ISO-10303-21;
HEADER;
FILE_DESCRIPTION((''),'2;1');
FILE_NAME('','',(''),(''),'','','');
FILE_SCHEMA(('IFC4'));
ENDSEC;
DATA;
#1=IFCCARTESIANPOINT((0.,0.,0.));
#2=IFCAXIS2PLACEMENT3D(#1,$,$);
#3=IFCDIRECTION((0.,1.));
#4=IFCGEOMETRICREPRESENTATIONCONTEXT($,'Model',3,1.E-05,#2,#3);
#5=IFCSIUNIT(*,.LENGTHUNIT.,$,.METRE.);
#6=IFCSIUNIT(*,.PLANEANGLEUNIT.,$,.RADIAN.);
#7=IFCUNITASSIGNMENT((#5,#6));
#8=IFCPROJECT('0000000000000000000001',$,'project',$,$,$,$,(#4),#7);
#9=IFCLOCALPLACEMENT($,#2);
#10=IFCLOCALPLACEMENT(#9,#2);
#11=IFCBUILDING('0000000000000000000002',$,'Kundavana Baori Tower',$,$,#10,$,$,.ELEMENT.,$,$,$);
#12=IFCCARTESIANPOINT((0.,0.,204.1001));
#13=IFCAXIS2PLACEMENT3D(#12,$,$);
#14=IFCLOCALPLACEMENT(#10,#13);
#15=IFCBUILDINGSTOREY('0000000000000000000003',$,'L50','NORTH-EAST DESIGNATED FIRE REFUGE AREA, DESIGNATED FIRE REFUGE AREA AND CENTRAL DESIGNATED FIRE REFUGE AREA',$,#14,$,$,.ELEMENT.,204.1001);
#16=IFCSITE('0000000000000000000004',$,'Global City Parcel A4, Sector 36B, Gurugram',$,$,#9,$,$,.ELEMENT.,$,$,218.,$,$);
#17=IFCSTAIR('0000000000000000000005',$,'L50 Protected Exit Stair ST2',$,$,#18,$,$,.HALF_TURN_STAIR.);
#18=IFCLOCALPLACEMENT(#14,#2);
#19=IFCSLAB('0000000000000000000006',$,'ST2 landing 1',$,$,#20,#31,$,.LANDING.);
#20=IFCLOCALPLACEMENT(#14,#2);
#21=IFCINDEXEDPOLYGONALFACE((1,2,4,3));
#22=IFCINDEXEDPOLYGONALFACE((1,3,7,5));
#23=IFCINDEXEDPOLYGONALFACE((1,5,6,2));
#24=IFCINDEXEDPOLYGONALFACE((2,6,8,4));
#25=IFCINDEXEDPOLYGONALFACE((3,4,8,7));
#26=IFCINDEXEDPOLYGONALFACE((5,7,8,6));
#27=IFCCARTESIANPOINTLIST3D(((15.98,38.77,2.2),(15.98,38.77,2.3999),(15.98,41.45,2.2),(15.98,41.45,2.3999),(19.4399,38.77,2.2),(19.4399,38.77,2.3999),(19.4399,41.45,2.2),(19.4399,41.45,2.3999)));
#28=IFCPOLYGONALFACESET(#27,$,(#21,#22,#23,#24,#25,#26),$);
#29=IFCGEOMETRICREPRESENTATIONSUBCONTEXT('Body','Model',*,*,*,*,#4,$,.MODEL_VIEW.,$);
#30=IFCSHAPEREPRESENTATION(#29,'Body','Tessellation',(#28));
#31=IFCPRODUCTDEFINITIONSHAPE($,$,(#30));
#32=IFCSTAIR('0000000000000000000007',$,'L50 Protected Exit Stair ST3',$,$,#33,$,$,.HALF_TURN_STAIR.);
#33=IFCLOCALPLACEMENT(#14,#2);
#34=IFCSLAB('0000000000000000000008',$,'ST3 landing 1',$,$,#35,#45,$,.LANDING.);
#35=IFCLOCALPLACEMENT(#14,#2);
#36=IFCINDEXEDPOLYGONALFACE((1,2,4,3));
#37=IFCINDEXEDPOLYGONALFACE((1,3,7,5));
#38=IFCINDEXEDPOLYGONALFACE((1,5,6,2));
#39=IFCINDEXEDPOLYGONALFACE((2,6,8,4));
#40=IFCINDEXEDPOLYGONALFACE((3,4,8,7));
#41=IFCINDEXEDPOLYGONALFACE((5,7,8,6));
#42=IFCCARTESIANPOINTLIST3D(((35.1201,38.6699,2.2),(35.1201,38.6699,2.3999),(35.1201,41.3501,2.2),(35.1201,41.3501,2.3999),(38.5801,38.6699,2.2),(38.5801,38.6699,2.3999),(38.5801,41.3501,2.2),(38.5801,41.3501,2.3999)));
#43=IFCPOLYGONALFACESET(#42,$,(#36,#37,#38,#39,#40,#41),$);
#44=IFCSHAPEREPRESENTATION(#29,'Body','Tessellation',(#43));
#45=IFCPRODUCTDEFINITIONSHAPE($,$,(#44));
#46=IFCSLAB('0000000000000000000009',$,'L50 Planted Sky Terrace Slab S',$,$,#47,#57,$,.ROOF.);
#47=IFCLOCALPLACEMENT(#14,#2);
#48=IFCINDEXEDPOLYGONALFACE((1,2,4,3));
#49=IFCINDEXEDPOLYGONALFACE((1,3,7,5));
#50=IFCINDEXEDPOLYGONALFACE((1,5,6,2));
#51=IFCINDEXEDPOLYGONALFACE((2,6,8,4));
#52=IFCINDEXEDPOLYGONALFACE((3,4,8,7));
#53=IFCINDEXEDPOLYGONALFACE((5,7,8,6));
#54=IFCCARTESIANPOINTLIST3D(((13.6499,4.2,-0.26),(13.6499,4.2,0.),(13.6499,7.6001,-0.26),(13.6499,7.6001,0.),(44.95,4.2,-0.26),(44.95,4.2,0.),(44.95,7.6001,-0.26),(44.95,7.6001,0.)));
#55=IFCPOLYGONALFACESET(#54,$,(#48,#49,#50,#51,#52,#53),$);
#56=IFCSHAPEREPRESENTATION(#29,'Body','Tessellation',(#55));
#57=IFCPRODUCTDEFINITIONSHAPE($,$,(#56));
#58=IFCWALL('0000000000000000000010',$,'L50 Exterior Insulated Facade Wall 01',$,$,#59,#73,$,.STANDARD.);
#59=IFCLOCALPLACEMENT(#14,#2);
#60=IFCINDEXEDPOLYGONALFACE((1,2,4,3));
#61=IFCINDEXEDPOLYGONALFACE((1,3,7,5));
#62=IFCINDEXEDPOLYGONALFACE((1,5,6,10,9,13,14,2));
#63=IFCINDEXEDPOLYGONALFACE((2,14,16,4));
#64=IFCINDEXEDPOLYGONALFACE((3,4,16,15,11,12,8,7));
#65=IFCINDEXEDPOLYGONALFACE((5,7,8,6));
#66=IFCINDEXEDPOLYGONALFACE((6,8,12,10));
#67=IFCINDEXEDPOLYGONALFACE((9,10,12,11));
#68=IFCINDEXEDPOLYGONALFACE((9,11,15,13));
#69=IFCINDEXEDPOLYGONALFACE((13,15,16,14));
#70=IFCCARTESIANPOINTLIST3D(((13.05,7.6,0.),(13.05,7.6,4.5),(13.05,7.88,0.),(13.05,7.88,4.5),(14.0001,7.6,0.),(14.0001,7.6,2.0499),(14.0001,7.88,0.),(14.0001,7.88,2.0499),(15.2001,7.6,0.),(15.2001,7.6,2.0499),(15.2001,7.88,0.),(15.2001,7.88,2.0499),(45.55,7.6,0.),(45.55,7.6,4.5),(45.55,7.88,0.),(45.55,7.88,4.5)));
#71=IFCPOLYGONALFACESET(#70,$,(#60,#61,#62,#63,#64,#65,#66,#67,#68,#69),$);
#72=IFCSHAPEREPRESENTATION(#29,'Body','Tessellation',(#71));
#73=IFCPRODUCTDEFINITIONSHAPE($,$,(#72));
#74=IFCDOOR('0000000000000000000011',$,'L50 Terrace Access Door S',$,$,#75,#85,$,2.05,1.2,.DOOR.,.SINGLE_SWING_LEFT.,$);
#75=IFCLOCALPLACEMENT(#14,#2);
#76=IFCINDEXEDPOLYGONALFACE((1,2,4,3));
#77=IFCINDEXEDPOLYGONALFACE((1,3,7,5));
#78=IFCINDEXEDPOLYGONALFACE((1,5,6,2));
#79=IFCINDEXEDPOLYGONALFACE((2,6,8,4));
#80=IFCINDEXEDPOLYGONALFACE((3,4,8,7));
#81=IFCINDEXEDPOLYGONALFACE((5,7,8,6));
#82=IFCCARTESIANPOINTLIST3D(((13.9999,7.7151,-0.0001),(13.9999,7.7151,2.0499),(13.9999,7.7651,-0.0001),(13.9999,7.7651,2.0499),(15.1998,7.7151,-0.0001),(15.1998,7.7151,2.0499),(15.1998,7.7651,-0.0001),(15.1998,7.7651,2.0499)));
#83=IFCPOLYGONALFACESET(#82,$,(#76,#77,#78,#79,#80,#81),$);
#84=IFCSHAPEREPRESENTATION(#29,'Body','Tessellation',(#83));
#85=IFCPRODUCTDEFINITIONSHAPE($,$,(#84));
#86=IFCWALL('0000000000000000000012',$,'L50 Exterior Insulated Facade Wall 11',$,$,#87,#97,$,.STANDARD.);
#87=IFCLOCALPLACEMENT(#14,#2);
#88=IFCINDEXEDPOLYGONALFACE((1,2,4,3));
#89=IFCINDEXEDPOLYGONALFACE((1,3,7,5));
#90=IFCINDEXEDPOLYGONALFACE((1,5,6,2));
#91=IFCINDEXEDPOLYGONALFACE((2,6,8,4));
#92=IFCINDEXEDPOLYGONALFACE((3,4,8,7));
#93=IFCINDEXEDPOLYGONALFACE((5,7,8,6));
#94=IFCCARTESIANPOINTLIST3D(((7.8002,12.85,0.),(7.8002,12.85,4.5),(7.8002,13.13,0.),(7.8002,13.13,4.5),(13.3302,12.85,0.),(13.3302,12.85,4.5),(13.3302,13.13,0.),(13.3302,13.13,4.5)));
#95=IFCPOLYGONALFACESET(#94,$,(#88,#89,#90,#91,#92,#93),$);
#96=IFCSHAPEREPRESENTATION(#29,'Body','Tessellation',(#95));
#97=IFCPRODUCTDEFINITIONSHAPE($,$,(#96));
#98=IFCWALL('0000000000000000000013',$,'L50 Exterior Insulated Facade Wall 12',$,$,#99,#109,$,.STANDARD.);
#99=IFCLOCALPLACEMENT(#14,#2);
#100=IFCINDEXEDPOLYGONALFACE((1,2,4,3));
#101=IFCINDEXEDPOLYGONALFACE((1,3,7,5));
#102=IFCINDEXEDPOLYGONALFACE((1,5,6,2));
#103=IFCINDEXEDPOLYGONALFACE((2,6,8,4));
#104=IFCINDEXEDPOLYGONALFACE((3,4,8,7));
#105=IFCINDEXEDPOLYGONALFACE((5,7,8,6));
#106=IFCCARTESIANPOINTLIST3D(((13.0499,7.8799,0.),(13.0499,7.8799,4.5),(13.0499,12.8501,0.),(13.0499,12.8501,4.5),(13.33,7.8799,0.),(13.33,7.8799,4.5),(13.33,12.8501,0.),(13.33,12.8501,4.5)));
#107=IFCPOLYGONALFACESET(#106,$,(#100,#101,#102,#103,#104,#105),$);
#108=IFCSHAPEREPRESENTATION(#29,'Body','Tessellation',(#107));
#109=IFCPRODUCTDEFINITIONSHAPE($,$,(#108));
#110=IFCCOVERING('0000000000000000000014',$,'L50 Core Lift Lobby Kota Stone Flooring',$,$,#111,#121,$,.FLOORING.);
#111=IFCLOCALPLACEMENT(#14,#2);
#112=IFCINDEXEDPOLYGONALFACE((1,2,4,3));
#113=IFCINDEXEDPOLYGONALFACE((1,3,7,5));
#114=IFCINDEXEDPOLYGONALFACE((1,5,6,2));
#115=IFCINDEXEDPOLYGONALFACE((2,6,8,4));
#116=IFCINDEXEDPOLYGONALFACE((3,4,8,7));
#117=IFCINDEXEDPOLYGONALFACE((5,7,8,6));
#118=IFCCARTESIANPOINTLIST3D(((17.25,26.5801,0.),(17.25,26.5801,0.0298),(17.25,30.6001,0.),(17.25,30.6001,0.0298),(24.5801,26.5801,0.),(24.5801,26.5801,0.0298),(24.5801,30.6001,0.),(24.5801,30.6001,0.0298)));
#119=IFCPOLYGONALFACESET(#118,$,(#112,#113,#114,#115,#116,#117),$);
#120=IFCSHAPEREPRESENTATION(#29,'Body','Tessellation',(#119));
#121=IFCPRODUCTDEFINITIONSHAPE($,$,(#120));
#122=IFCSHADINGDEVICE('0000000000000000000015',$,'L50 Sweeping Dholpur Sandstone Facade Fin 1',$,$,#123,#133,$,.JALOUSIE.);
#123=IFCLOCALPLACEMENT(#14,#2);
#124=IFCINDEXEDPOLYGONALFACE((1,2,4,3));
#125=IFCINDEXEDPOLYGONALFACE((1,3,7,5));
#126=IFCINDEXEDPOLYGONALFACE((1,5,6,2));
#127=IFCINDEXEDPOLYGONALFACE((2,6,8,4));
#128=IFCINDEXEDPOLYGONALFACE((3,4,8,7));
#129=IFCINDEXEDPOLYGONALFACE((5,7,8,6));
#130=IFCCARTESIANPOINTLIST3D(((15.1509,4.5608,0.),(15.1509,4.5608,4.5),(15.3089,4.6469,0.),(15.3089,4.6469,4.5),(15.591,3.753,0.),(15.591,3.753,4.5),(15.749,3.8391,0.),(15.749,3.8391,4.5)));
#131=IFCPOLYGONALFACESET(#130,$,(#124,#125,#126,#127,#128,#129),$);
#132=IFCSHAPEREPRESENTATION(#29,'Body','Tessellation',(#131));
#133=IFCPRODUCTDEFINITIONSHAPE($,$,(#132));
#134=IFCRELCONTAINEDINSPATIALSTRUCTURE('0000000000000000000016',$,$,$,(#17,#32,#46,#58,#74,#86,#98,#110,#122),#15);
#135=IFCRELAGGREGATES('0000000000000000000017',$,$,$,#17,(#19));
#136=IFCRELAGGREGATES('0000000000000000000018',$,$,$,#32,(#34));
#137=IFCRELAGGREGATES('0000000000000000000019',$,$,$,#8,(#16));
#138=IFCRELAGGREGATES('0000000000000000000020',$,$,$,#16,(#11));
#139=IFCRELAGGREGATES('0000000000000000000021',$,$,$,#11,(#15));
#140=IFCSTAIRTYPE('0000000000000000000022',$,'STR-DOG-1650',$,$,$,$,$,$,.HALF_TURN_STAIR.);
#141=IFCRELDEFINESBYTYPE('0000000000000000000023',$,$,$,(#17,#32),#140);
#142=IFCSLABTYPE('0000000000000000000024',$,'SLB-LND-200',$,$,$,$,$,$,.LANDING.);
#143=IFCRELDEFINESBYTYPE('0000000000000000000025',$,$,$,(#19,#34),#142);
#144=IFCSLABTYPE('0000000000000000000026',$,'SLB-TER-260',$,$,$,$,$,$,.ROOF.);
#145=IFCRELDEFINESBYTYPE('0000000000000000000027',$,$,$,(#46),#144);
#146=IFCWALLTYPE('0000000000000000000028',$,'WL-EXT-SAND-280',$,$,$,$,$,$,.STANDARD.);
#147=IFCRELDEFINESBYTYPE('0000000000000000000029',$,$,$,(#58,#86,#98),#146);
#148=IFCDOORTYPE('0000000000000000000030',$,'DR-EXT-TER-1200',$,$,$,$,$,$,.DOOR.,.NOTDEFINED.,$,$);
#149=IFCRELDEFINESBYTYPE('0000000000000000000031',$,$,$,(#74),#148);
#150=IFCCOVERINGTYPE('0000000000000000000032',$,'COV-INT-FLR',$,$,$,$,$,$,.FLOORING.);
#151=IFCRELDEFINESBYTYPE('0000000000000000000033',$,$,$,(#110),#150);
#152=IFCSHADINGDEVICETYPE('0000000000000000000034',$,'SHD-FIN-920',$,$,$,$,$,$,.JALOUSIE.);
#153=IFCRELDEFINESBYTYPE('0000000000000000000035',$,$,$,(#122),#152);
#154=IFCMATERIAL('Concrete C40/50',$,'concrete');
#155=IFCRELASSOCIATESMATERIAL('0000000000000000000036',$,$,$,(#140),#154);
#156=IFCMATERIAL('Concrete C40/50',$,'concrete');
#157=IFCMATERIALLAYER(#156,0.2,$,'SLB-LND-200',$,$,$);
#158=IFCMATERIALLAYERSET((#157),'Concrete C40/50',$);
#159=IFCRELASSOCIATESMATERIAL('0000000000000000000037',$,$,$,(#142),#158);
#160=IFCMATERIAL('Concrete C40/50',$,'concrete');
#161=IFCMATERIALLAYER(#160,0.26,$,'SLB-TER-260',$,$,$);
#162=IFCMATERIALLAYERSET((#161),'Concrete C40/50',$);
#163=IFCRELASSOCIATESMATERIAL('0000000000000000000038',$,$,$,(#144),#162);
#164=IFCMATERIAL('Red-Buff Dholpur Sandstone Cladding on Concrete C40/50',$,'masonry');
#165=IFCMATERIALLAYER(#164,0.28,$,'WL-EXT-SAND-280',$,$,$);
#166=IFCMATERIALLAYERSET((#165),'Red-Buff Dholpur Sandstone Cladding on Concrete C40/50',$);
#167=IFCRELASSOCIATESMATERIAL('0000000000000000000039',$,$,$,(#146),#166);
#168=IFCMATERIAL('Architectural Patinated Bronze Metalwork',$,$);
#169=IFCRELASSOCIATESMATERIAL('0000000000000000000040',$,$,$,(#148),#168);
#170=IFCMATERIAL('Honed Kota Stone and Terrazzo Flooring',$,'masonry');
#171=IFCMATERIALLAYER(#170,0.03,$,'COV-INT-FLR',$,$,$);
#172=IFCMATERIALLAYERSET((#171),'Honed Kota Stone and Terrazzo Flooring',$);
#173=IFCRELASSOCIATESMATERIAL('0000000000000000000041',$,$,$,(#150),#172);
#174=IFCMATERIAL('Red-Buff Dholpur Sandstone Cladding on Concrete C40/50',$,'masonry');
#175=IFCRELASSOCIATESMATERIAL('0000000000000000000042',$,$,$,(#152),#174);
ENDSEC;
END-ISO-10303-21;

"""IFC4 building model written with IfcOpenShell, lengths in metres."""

from ifc_helpers import new_model, si_unit, direction, frame, frame_2d, origin, origin_2d, place, context, subcontext, project, spatial, polyline, rectangle, outline, extrude, material, layer, layer_set, type_object, element, fill, aggregate, save


model = new_model("IFC4")

# Units and contexts
model_context = context("Model", 3, precision=1e-05, world=origin(), true_north=direction((0.0, 1.0)))
body_context = subcontext(model_context, "Body", "Model", "MODEL_VIEW")
ifc_project = project(units=[si_unit("LENGTHUNIT", "METRE"), si_unit("PLANEANGLEUNIT", "RADIAN")], contexts=[model_context])

# Site, building, storey
site_placement = place(None, origin())
site = spatial("IfcSite", under=ifc_project, at=site_placement, Name="Global City Parcel A4, Sector 36B, Gurugram", CompositionType="ELEMENT", RefElevation=218.0)
building_placement = place(site_placement, origin())
building = spatial("IfcBuilding", under=site, at=building_placement, Name="Kundavana Baori Tower", CompositionType="ELEMENT")
storey_placement = place(building_placement, frame((0.0, 0.0, 204.1001)))
storey = spatial("IfcBuildingStorey", under=building, at=storey_placement, Name="L50", Description="NORTH-EAST DESIGNATED FIRE REFUGE AREA, DESIGNATED FIRE REFUGE AREA AND CENTRAL DESIGNATED FIRE REFUGE AREA", CompositionType="ELEMENT", Elevation=204.1001)

# Stairs, slabs
ifc_material_1 = material(Name="Concrete C40/50", Category="concrete")
stair_type = type_object("IfcStairType", Name="STR-DOG-1650", PredefinedType="HALF_TURN_STAIR", material=ifc_material_1)
ifc_material_2 = material(Name="Concrete C40/50", Category="concrete")
ifc_layer_1 = layer(ifc_material_2, 0.2, Name="SLB-LND-200")
ifc_layer_set_1 = layer_set([ifc_layer_1], Name="Concrete C40/50")
slab_type_1 = type_object("IfcSlabType", Name="SLB-LND-200", PredefinedType="LANDING", material=ifc_layer_set_1)
stair_1_placement = place(storey_placement, origin())
stair_1 = element("IfcStair", 1, at=stair_1_placement, inside=storey, type_object=stair_type, Name="L50 Protected Exit Stair ST2", PredefinedType="HALF_TURN_STAIR")
slab_1_placement = place(storey_placement, frame((0.0, 0.0, 2.2)))
slab_1 = element("IfcSlab", 2, at=slab_1_placement, type_object=slab_type_1, Name="ST2 landing 1", PredefinedType="LANDING", context=body_context, shape_type="SweptSolid", body=[
    extrude(outline(polyline([(19.4399, 38.77), (19.4399, 41.45), (15.98, 41.45), (15.98, 38.77), (19.4399, 38.77)])), origin(), (0.0, 0.0, 1.0), 0.2),
])
aggregate(stair_1, [slab_1])
stair_2_placement = place(storey_placement, origin())
stair_2 = element("IfcStair", 3, at=stair_2_placement, inside=storey, type_object=stair_type, Name="L50 Protected Exit Stair ST3", PredefinedType="HALF_TURN_STAIR")
slab_2_placement = place(storey_placement, frame((0.0, 0.0, 2.2)))
slab_2 = element("IfcSlab", 4, at=slab_2_placement, type_object=slab_type_1, Name="ST3 landing 1", PredefinedType="LANDING", context=body_context, shape_type="SweptSolid", body=[
    extrude(outline(polyline([(38.5801, 38.6699), (38.5801, 41.3501), (35.1201, 41.3501), (35.1201, 38.6699), (38.5801, 38.6699)])), origin(), (0.0, 0.0, 1.0), 0.2),
])
aggregate(stair_2, [slab_2])

# Slab
ifc_material_3 = material(Name="Concrete C40/50", Category="concrete")
ifc_layer_2 = layer(ifc_material_3, 0.26, Name="SLB-TER-260")
ifc_layer_set_2 = layer_set([ifc_layer_2], Name="Concrete C40/50")
slab_type_2 = type_object("IfcSlabType", Name="SLB-TER-260", PredefinedType="ROOF", material=ifc_layer_set_2)
slab_3_placement = place(storey_placement, frame((0.0, 0.0, -0.26)))
element("IfcSlab", 5, at=slab_3_placement, inside=storey, type_object=slab_type_2, Name="L50 Planted Sky Terrace Slab S", PredefinedType="ROOF", context=body_context, shape_type="SweptSolid", body=[
    extrude(outline(polyline([(13.6499, 7.6001), (44.95, 7.6001), (44.95, 4.2), (13.6499, 4.2), (13.6499, 7.6001)])), origin(), (0.0, 0.0, 1.0), 0.26),
])

# Wall, opening, door
ifc_material_4 = material(Name="Red-Buff Dholpur Sandstone Cladding on Concrete C40/50", Category="masonry")
ifc_layer_3 = layer(ifc_material_4, 0.28, Name="WL-EXT-SAND-280")
ifc_layer_set_3 = layer_set([ifc_layer_3], Name="Red-Buff Dholpur Sandstone Cladding on Concrete C40/50")
wall_type = type_object("IfcWallType", Name="WL-EXT-SAND-280", PredefinedType="STANDARD", material=ifc_layer_set_3)
wall_1_placement = place(storey_placement, frame((13.05, 7.74, 0.0), z_axis=(0.0, 0.0, 1.0), x_axis=(1.0, 0.0, 0.0)))
wall_1 = element("IfcWall", 6, at=wall_1_placement, inside=storey, type_object=wall_type, Name="L50 Exterior Insulated Facade Wall 01", PredefinedType="STANDARD", context=body_context, shape_type="SweptSolid", body=[
    extrude(rectangle(XDim=32.5, YDim=0.28, at=frame_2d((16.25, 0.0))), origin(), (0.0, 0.0, 1.0), 4.5),
])
opening_placement = place(wall_1_placement, frame((0.95, 0.0, 0.0)))
opening = element("IfcOpeningElement", 7, at=opening_placement, cuts=wall_1, PredefinedType="OPENING", context=body_context, shape_type="SweptSolid", body=[
    extrude(rectangle(XDim=1.2, YDim=2.05, at=frame_2d((0.6001, 1.0249))), frame((0.0, 0.1499, 0.0), z_axis=(0.0, -1.0, 0.0), x_axis=(1.0, 0.0, 0.0)), (0.0, 0.0, 1.0), 0.3),
])
ifc_material_5 = material(Name="Architectural Patinated Bronze Metalwork")
door_type = type_object("IfcDoorType", Name="DR-EXT-TER-1200", OperationType="NOTDEFINED", PredefinedType="DOOR", material=ifc_material_5)
door_placement = place(opening_placement, frame((1.2, 0.0, 0.0), z_axis=(0.0, 0.0, 1.0), x_axis=(-1.0, 0.0, 0.0)))
door = element("IfcDoor", 8, at=door_placement, inside=storey, type_object=door_type, Name="L50 Terrace Access Door S", OperationType="SINGLE_SWING_LEFT", OverallHeight=2.05, OverallWidth=1.2, PredefinedType="DOOR", context=body_context, shape_type="SweptSolid", body=[
    extrude(rectangle(XDim=1.2, YDim=2.05, at=frame_2d((0.6001, 1.0249))), frame((0.0, 0.0249, 0.0), z_axis=(0.0, -1.0, 0.0), x_axis=(1.0, 0.0, 0.0)), (0.0, 0.0, 1.0), 0.05),
])
fill(opening, door)

# Walls
wall_2_placement = place(storey_placement, frame((7.8, 12.99, 0.0), z_axis=(0.0, 0.0, 1.0), x_axis=(1.0, 0.0, 0.0)))
element("IfcWall", 9, at=wall_2_placement, inside=storey, type_object=wall_type, Name="L50 Exterior Insulated Facade Wall 11", PredefinedType="STANDARD", context=body_context, shape_type="SweptSolid", body=[
    extrude(rectangle(XDim=5.53, YDim=0.28, at=frame_2d((2.7651, 0.0))), origin(), (0.0, 0.0, 1.0), 4.5),
])
wall_3_placement = place(storey_placement, frame((13.1899, 12.8501, 0.0), z_axis=(0.0, 0.0, 1.0), x_axis=(0.0, -1.0, 0.0)))
element("IfcWall", 10, at=wall_3_placement, inside=storey, type_object=wall_type, Name="L50 Exterior Insulated Facade Wall 12", PredefinedType="STANDARD", context=body_context, shape_type="SweptSolid", body=[
    extrude(rectangle(XDim=4.9702, YDim=0.28, at=frame_2d((2.4851, 0.0))), origin(), (0.0, 0.0, 1.0), 4.5),
])

# Covering
ifc_material_6 = material(Name="Honed Kota Stone and Terrazzo Flooring", Category="masonry")
ifc_layer_4 = layer(ifc_material_6, 0.03, Name="COV-INT-FLR")
ifc_layer_set_4 = layer_set([ifc_layer_4], Name="Honed Kota Stone and Terrazzo Flooring")
covering_type = type_object("IfcCoveringType", Name="COV-INT-FLR", PredefinedType="FLOORING", material=ifc_layer_set_4)
covering_placement = place(storey_placement, origin())
element("IfcCovering", 11, at=covering_placement, inside=storey, type_object=covering_type, Name="L50 Core Lift Lobby Kota Stone Flooring", PredefinedType="FLOORING", context=body_context, shape_type="SweptSolid", body=[
    extrude(outline(polyline([(17.25, 26.5801), (24.5801, 26.5801), (24.5801, 30.6001), (17.25, 30.6001), (17.25, 26.5801)])), origin(), (0.0, 0.0, 1.0), 0.0298),
])

# Shading device
ifc_material_7 = material(Name="Red-Buff Dholpur Sandstone Cladding on Concrete C40/50", Category="masonry")
shading_device_type = type_object("IfcShadingDeviceType", Name="SHD-FIN-920", PredefinedType="JALOUSIE", material=ifc_material_7)
shading_device_placement = place(storey_placement, frame((15.45, 4.2, 0.0), z_axis=(0.0, 0.0, 1.0), x_axis=(0.87815, 0.478385, 0.0)))
element("IfcShadingDevice", 12, at=shading_device_placement, inside=storey, type_object=shading_device_type, Name="L50 Sweeping Dholpur Sandstone Facade Fin 1", PredefinedType="JALOUSIE", context=body_context, shape_type="SweptSolid", body=[
    extrude(rectangle(XDim=0.1799, YDim=0.9199, at=origin_2d()), origin(), (0.0, 0.0, 1.0), 4.5),
])

save(model, "model.ifc")
